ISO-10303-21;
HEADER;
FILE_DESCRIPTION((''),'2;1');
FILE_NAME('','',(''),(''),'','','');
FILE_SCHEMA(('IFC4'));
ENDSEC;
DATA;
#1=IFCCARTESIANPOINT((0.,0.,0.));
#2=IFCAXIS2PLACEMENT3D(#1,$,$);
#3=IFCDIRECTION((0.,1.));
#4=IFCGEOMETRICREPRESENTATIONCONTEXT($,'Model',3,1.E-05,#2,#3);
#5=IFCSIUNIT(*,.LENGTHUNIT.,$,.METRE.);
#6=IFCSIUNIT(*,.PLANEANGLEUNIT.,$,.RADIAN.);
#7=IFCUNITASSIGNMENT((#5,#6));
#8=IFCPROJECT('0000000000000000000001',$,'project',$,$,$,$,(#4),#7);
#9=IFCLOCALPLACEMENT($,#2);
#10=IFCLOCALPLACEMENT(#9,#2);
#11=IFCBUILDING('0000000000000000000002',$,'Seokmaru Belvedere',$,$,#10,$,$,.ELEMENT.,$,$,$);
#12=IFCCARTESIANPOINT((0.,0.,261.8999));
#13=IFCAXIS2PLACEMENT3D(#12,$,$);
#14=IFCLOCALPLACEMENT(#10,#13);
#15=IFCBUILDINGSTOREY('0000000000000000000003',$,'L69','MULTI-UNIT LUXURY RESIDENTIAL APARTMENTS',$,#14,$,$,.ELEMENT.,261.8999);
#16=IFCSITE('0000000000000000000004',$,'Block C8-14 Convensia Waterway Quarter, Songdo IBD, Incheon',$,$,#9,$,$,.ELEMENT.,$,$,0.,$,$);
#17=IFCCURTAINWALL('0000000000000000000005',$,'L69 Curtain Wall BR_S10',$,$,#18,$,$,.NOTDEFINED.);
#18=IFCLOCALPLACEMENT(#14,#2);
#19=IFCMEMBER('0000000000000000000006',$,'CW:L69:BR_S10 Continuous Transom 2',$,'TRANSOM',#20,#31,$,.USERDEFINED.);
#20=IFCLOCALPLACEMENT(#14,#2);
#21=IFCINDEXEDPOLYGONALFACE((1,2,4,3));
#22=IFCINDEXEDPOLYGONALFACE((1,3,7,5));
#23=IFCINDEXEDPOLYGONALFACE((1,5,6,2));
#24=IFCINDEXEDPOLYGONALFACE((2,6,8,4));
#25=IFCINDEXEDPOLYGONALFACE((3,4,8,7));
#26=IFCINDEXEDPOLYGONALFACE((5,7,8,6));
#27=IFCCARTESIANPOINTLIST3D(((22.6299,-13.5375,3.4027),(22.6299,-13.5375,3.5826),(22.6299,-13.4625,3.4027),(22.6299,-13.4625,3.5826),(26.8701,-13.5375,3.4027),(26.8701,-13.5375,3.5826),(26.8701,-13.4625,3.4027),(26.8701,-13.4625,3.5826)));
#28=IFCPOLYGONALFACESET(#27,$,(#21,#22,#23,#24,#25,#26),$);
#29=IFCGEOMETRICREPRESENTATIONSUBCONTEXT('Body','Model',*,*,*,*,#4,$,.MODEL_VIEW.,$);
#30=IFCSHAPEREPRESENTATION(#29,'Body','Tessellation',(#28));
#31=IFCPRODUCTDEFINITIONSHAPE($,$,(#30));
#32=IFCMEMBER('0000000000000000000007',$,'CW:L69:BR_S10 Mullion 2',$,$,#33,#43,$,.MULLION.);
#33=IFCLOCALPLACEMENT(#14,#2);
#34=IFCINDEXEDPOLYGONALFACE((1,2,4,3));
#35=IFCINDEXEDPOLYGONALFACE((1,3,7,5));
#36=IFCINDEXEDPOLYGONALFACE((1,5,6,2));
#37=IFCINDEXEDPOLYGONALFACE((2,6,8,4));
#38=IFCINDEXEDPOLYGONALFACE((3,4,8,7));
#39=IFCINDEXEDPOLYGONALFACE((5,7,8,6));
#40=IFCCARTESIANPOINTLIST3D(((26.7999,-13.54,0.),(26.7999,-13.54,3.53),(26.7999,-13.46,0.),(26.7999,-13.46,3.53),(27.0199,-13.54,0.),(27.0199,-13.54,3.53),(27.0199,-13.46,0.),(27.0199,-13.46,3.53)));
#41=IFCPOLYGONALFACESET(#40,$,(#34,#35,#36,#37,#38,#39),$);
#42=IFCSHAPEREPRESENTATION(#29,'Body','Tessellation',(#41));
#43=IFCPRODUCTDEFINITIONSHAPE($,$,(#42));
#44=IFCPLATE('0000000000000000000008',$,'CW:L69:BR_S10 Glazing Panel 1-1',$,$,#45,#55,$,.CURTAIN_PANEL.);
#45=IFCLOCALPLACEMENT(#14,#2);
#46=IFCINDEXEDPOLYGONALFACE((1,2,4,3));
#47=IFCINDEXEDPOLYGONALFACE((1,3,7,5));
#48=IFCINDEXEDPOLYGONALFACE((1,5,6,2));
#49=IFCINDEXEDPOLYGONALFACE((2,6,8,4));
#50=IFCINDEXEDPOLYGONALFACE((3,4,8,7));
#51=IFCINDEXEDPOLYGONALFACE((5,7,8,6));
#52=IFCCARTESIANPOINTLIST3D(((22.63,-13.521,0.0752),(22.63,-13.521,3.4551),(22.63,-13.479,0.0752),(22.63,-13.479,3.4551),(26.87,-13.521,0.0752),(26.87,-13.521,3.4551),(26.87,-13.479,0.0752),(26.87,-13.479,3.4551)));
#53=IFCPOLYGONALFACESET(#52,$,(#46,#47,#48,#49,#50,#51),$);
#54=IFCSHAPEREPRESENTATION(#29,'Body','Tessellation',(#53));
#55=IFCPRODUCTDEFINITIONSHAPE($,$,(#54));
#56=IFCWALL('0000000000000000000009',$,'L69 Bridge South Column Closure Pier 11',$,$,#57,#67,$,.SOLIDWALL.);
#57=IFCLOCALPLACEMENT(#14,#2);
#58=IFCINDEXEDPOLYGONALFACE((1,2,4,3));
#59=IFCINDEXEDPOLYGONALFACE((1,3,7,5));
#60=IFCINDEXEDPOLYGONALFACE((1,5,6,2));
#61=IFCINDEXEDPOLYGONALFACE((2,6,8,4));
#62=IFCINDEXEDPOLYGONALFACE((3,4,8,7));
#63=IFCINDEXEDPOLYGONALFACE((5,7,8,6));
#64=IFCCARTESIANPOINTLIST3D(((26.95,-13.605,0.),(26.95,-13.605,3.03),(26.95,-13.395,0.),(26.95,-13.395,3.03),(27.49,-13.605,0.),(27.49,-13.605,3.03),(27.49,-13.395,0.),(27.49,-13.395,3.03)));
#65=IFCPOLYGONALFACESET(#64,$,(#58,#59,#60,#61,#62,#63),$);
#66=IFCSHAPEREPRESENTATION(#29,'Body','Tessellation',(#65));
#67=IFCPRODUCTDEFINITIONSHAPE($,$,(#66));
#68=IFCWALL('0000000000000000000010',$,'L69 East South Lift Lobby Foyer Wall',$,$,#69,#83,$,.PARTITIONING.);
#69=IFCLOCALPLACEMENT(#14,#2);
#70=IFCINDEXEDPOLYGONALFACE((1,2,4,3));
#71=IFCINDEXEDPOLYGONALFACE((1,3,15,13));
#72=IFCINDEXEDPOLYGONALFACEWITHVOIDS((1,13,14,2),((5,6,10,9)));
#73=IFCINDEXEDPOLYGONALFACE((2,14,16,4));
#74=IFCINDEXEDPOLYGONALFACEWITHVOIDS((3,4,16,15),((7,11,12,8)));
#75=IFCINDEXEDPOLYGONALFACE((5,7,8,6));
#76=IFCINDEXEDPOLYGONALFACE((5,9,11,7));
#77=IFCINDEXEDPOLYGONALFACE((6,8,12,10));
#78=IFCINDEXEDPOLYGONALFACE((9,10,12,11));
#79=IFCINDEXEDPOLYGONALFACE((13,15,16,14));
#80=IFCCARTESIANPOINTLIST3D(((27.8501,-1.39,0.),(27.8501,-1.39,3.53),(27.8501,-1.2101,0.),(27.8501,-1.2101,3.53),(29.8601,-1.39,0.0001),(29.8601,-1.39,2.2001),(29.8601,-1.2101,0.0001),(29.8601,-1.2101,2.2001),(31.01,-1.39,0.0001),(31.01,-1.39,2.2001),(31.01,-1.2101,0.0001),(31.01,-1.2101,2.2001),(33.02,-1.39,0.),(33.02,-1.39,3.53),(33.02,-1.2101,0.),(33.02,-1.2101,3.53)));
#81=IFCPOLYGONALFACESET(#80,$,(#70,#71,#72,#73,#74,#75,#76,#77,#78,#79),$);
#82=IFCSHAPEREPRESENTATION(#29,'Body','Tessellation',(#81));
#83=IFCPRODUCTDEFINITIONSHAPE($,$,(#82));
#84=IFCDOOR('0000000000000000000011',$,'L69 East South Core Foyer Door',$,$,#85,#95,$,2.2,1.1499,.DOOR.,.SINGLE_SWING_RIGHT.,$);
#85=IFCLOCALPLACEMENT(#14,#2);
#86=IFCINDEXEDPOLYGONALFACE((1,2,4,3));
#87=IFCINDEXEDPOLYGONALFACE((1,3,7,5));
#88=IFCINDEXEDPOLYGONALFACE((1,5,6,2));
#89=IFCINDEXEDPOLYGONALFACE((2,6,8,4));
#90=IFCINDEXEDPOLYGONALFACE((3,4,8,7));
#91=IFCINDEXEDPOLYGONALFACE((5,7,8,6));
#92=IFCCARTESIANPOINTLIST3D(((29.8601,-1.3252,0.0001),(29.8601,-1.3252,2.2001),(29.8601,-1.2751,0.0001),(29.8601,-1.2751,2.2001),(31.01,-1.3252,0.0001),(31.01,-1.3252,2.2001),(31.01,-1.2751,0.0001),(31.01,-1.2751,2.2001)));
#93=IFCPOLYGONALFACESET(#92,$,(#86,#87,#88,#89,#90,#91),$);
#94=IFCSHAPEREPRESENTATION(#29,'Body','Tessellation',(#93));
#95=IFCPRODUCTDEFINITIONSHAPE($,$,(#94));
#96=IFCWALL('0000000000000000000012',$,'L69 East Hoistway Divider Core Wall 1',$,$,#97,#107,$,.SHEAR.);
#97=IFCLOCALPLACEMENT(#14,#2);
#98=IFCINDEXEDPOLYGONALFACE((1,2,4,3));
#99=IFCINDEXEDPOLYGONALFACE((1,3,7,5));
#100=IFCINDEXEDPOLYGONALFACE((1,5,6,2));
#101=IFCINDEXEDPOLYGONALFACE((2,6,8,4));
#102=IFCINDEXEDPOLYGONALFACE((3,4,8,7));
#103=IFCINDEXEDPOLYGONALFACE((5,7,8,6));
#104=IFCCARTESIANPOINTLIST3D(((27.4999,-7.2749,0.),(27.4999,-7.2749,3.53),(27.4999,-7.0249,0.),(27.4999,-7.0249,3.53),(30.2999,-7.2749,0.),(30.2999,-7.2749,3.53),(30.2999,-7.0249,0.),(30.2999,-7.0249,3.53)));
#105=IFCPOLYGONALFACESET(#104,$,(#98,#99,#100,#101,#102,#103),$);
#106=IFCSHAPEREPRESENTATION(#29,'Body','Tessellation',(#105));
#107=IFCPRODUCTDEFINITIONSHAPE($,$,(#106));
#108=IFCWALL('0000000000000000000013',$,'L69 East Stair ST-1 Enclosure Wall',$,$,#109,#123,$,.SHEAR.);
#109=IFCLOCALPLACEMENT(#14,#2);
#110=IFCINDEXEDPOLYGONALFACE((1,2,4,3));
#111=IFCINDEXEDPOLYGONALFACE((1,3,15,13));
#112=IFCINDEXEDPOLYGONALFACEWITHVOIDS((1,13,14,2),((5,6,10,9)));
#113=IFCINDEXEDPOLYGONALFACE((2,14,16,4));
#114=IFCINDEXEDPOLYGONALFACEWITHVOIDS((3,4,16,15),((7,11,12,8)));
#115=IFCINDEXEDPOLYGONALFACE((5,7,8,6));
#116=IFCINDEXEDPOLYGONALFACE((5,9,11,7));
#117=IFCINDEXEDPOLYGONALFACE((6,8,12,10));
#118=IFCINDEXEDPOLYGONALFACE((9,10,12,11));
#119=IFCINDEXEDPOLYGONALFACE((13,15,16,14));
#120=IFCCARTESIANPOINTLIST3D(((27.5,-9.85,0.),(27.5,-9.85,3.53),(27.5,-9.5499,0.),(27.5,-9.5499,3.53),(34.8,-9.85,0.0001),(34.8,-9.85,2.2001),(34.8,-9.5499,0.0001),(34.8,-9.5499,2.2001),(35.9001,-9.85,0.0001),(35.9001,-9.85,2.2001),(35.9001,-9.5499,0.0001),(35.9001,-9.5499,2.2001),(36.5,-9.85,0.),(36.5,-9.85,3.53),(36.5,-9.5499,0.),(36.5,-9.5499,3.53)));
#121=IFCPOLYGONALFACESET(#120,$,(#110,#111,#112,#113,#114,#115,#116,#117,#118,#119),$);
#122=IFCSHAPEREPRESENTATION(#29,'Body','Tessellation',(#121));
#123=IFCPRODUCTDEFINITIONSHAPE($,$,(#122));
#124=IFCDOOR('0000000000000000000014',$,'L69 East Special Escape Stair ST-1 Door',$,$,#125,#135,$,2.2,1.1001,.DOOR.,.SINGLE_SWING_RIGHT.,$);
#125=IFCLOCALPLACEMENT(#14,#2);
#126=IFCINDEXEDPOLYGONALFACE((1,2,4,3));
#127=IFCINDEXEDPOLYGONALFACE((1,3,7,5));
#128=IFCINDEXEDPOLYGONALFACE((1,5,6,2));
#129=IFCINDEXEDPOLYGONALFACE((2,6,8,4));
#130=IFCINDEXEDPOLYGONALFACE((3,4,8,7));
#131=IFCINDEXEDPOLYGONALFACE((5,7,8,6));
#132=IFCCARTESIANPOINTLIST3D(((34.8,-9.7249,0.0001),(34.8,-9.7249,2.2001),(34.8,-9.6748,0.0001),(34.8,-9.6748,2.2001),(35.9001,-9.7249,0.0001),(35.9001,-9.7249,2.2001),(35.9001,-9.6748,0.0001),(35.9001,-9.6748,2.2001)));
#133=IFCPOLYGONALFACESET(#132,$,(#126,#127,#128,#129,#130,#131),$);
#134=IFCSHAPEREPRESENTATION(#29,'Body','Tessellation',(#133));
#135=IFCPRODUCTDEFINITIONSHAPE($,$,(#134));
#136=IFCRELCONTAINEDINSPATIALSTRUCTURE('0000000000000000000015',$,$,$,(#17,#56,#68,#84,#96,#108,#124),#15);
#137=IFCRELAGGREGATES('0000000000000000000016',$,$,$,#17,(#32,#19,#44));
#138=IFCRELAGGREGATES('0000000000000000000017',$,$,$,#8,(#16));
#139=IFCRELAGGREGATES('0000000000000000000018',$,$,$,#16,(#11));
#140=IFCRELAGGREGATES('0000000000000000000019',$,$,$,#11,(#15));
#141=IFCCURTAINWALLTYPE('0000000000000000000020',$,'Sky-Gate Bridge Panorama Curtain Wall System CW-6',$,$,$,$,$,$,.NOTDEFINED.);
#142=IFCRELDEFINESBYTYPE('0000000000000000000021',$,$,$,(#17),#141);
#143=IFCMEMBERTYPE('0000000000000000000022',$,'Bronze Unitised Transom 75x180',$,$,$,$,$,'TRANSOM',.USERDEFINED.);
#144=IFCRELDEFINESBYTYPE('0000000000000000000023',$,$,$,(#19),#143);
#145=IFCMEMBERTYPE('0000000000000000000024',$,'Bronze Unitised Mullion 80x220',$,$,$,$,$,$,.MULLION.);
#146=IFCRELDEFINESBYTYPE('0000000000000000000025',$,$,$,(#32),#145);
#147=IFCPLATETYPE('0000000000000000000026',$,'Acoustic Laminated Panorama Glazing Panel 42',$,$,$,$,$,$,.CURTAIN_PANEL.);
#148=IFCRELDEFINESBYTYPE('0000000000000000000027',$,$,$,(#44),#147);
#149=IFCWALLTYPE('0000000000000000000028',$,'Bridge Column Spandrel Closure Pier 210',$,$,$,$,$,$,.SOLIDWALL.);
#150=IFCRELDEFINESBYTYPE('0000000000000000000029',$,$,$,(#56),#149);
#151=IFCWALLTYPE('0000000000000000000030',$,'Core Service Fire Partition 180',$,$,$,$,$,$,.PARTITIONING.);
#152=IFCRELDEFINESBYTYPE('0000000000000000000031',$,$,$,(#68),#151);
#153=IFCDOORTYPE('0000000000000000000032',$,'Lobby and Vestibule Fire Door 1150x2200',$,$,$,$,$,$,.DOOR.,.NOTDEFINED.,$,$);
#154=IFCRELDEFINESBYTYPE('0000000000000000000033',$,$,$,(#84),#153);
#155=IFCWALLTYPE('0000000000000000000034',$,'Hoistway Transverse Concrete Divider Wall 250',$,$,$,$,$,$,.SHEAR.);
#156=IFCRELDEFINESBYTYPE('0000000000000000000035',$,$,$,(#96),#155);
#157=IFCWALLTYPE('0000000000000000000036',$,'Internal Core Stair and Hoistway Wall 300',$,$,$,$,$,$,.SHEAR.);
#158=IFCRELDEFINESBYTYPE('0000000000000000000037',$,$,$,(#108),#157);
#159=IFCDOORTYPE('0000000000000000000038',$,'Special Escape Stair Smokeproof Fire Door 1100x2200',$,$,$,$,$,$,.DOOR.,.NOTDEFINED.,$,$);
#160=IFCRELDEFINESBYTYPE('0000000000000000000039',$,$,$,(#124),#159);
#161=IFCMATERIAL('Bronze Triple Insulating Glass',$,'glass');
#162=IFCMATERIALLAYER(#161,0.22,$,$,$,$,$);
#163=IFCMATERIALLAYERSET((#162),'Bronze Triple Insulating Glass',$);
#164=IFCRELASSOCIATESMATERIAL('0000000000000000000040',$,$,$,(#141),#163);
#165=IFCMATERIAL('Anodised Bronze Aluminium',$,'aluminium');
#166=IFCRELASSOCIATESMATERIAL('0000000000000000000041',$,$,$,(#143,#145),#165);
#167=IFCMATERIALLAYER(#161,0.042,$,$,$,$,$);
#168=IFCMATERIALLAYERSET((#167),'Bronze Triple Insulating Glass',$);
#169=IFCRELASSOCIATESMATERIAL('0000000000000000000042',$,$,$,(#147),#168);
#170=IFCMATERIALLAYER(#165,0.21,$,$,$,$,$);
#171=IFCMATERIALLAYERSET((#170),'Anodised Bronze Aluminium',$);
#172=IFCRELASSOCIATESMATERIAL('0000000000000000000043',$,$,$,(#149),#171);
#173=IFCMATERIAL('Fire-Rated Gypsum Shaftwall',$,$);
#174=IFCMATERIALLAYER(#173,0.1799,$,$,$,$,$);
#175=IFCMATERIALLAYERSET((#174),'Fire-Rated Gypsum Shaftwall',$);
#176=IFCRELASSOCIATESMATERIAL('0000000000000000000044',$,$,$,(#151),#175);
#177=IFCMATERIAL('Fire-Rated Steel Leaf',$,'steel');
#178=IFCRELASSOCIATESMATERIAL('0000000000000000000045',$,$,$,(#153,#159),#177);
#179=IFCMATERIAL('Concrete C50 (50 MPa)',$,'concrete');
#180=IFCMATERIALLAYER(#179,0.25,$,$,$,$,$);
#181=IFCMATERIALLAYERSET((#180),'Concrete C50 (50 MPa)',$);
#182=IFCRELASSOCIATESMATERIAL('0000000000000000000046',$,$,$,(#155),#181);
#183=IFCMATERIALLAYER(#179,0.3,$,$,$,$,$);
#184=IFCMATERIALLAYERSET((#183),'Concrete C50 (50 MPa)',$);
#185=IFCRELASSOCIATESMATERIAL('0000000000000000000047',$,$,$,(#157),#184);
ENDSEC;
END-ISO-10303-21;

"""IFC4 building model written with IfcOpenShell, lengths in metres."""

from ifc_helpers import new_model, si_unit, direction, frame, frame_2d, origin, origin_2d, place, context, subcontext, project, spatial, rectangle, extrude, source, transform, mapped, material, layer, layer_set, material_profile, profile_set, type_object, type_shapes, element, fill, aggregate, save


model = new_model("IFC4")

# Units and contexts
model_context = context("Model", 3, precision=1e-05, world=origin(), true_north=direction((0.0, 1.0)))
body_context = subcontext(model_context, "Body", "Model", "MODEL_VIEW")
ifc_project = project(units=[si_unit("LENGTHUNIT", "METRE"), si_unit("PLANEANGLEUNIT", "RADIAN")], contexts=[model_context])

# Site, building, storey
site_placement = place(None, origin())
site = spatial("IfcSite", under=ifc_project, at=site_placement, Name="Block C8-14 Convensia Waterway Quarter, Songdo IBD, Incheon", CompositionType="ELEMENT", RefElevation=0.0)
building_placement = place(site_placement, origin())
building = spatial("IfcBuilding", under=site, at=building_placement, Name="Seokmaru Belvedere", CompositionType="ELEMENT")
storey_placement = place(building_placement, frame((0.0, 0.0, 261.8999)))
storey = spatial("IfcBuildingStorey", under=building, at=storey_placement, Name="L69", Description="MULTI-UNIT LUXURY RESIDENTIAL APARTMENTS", CompositionType="ELEMENT", Elevation=261.8999)

# Curtain wall, members, plate
ifc_material_1 = material(Name="Bronze Triple Insulating Glass", Category="glass")
ifc_layer_1 = layer(ifc_material_1, 0.22)
ifc_layer_set_1 = layer_set([ifc_layer_1], Name="Bronze Triple Insulating Glass")
curtain_wall_type = type_object("IfcCurtainWallType", Name="Sky-Gate Bridge Panorama Curtain Wall System CW-6", PredefinedType="NOTDEFINED", material=ifc_layer_set_1)
curtain_wall_placement = place(storey_placement, origin())
curtain_wall = element("IfcCurtainWall", 1, at=curtain_wall_placement, inside=storey, type_object=curtain_wall_type, Name="L69 Curtain Wall BR_S10", PredefinedType="NOTDEFINED")
ifc_material_2 = material(Name="Anodised Bronze Aluminium", Category="aluminium")
ifc_material_profile_1 = material_profile(ifc_material_2, rectangle(XDim=0.075, YDim=0.1799, at=origin_2d()), Name="CW-T-75x180")
ifc_profile_set_1 = profile_set([ifc_material_profile_1], Name="Anodised Bronze Aluminium")
member_type_1 = type_object("IfcMemberType", Name="Bronze Unitised Transom 75x180", ElementType="TRANSOM", PredefinedType="USERDEFINED", material=ifc_profile_set_1)
shared_shape_1 = source(origin(), body_context, "Body", "SweptSolid", [
    extrude(rectangle(XDim=0.075, YDim=0.1799, at=origin_2d()), origin(), (0.0, 0.0, 1.0), 4.2402),
])
type_shapes(member_type_1, [shared_shape_1])
member_1_placement = place(storey_placement, frame((22.6299, -13.5, 3.4927), z_axis=(1.0, 0.0, 0.0), x_axis=(0.0, 1.0, 0.0)))
member_1 = element("IfcMember", 2, at=member_1_placement, type_object=member_type_1, Name="CW:L69:BR_S10 Continuous Transom 2", ObjectType="TRANSOM", PredefinedType="USERDEFINED", context=body_context, shape_type="MappedRepresentation", body=[
    mapped(shared_shape_1, transform((0.0, 0.0, 0.0), scale=1.0)),
])
ifc_material_profile_2 = material_profile(ifc_material_2, rectangle(XDim=0.0801, YDim=0.22, at=origin_2d()), Name="CW-M-80x220")
ifc_profile_set_2 = profile_set([ifc_material_profile_2], Name="Anodised Bronze Aluminium")
member_type_2 = type_object("IfcMemberType", Name="Bronze Unitised Mullion 80x220", PredefinedType="MULLION", material=ifc_profile_set_2)
shared_shape_2 = source(origin(), body_context, "Body", "SweptSolid", [
    extrude(rectangle(XDim=0.0801, YDim=0.22, at=origin_2d()), origin(), (0.0, 0.0, 1.0), 3.53),
])
type_shapes(member_type_2, [shared_shape_2])
member_2_placement = place(storey_placement, frame((26.9099, -13.5, 0.0), z_axis=(0.0, 0.0, 1.0), x_axis=(0.0, 1.0, 0.0)))
member_2 = element("IfcMember", 3, at=member_2_placement, type_object=member_type_2, Name="CW:L69:BR_S10 Mullion 2", PredefinedType="MULLION", context=body_context, shape_type="MappedRepresentation", body=[
    mapped(shared_shape_2, transform((0.0, 0.0, 0.0), scale=1.0)),
])
ifc_layer_2 = layer(ifc_material_1, 0.042)
ifc_layer_set_2 = layer_set([ifc_layer_2], Name="Bronze Triple Insulating Glass")
plate_type = type_object("IfcPlateType", Name="Acoustic Laminated Panorama Glazing Panel 42", PredefinedType="CURTAIN_PANEL", material=ifc_layer_set_2)
shared_shape_3 = source(origin(), body_context, "Body", "SweptSolid", [
    extrude(rectangle(XDim=4.24, YDim=0.042, at=origin_2d()), origin(), (0.0, 0.0, 1.0), 3.3799),
])
type_shapes(plate_type, [shared_shape_3])
plate_placement = place(storey_placement, frame((24.75, -13.5, 0.0752), z_axis=(0.0, 0.0, 1.0), x_axis=(1.0, 0.0, 0.0)))
plate = element("IfcPlate", 4, at=plate_placement, type_object=plate_type, Name="CW:L69:BR_S10 Glazing Panel 1-1", PredefinedType="CURTAIN_PANEL", context=body_context, shape_type="MappedRepresentation", body=[
    mapped(shared_shape_3, transform((0.0, 0.0, 0.0), scale=1.0)),
])
aggregate(curtain_wall, [member_2, member_1, plate])

# Wall
ifc_layer_3 = layer(ifc_material_2, 0.21)
ifc_layer_set_3 = layer_set([ifc_layer_3], Name="Anodised Bronze Aluminium")
wall_type_1 = type_object("IfcWallType", Name="Bridge Column Spandrel Closure Pier 210", PredefinedType="SOLIDWALL", material=ifc_layer_set_3)
wall_1_placement = place(storey_placement, frame((26.95, -13.5, 0.0), z_axis=(0.0, 0.0, 1.0), x_axis=(1.0, 0.0, 0.0)))
element("IfcWall", 5, at=wall_1_placement, inside=storey, type_object=wall_type_1, Name="L69 Bridge South Column Closure Pier 11", PredefinedType="SOLIDWALL", context=body_context, shape_type="SweptSolid", body=[
    extrude(rectangle(XDim=0.54, YDim=0.21, at=frame_2d((0.27, 0.0))), origin(), (0.0, 0.0, 1.0), 3.03),
])

# Wall, opening, door
ifc_material_3 = material(Name="Fire-Rated Gypsum Shaftwall")
ifc_layer_4 = layer(ifc_material_3, 0.1799)
ifc_layer_set_4 = layer_set([ifc_layer_4], Name="Fire-Rated Gypsum Shaftwall")
wall_type_2 = type_object("IfcWallType", Name="Core Service Fire Partition 180", PredefinedType="PARTITIONING", material=ifc_layer_set_4)
wall_2_placement = place(storey_placement, frame((27.8501, -1.3, 0.0), z_axis=(0.0, 0.0, 1.0), x_axis=(1.0, 0.0, 0.0)))
wall_2 = element("IfcWall", 6, at=wall_2_placement, inside=storey, type_object=wall_type_2, Name="L69 East South Lift Lobby Foyer Wall", PredefinedType="PARTITIONING", context=body_context, shape_type="SweptSolid", body=[
    extrude(rectangle(XDim=5.1699, YDim=0.1799, at=frame_2d((2.585, 0.0))), origin(), (0.0, 0.0, 1.0), 3.53),
])
opening_1_placement = place(wall_2_placement, frame((2.01, 0.0, 0.0)))
opening_1 = element("IfcOpeningElement", 7, at=opening_1_placement, cuts=wall_2, PredefinedType="OPENING", context=body_context, shape_type="SweptSolid", body=[
    extrude(rectangle(XDim=1.1499, YDim=2.2, at=frame_2d((0.575, 1.1001))), frame((0.0, 0.1001, 0.0), z_axis=(0.0, -1.0, 0.0), x_axis=(1.0, 0.0, 0.0)), (0.0, 0.0, 1.0), 0.2),
])
ifc_material_4 = material(Name="Fire-Rated Steel Leaf", Category="steel")
door_type_1 = type_object("IfcDoorType", Name="Lobby and Vestibule Fire Door 1150x2200", OperationType="NOTDEFINED", PredefinedType="DOOR", material=ifc_material_4)
shared_shape_4 = source(origin(), body_context, "Body", "SweptSolid", [
    extrude(rectangle(XDim=1.1499, YDim=2.2, at=frame_2d((0.575, 1.1001))), frame((0.0, 0.0249, 0.0), z_axis=(0.0, -1.0, 0.0), x_axis=(1.0, 0.0, 0.0)), (0.0, 0.0, 1.0), 0.05),
])
type_shapes(door_type_1, [shared_shape_4])
door_1_placement = place(opening_1_placement, origin())
door_1 = element("IfcDoor", 8, at=door_1_placement, inside=storey, type_object=door_type_1, Name="L69 East South Core Foyer Door", OperationType="SINGLE_SWING_RIGHT", OverallHeight=2.2, OverallWidth=1.1499, PredefinedType="DOOR", context=body_context, shape_type="MappedRepresentation", body=[
    mapped(shared_shape_4, transform((0.0, 0.0, 0.0), scale=1.0)),
])
fill(opening_1, door_1)

# Wall
ifc_material_5 = material(Name="Concrete C50 (50 MPa)", Category="concrete")
ifc_layer_5 = layer(ifc_material_5, 0.25)
ifc_layer_set_5 = layer_set([ifc_layer_5], Name="Concrete C50 (50 MPa)")
wall_type_3 = type_object("IfcWallType", Name="Hoistway Transverse Concrete Divider Wall 250", PredefinedType="SHEAR", material=ifc_layer_set_5)
wall_3_placement = place(storey_placement, frame((27.5, -7.1499, 0.0), z_axis=(0.0, 0.0, 1.0), x_axis=(1.0, 0.0, 0.0)))
element("IfcWall", 9, at=wall_3_placement, inside=storey, type_object=wall_type_3, Name="L69 East Hoistway Divider Core Wall 1", PredefinedType="SHEAR", context=body_context, shape_type="SweptSolid", body=[
    extrude(rectangle(XDim=2.8, YDim=0.25, at=frame_2d((1.3999, 0.0))), origin(), (0.0, 0.0, 1.0), 3.53),
])

# Wall, opening, door
ifc_layer_6 = layer(ifc_material_5, 0.3)
ifc_layer_set_6 = layer_set([ifc_layer_6], Name="Concrete C50 (50 MPa)")
wall_type_4 = type_object("IfcWallType", Name="Internal Core Stair and Hoistway Wall 300", PredefinedType="SHEAR", material=ifc_layer_set_6)
wall_4_placement = place(storey_placement, frame((27.5, -9.7, 0.0), z_axis=(0.0, 0.0, 1.0), x_axis=(1.0, 0.0, 0.0)))
wall_4 = element("IfcWall", 10, at=wall_4_placement, inside=storey, type_object=wall_type_4, Name="L69 East Stair ST-1 Enclosure Wall", PredefinedType="SHEAR", context=body_context, shape_type="SweptSolid", body=[
    extrude(rectangle(XDim=9.0, YDim=0.3, at=frame_2d((4.5, 0.0))), origin(), (0.0, 0.0, 1.0), 3.53),
])
opening_2_placement = place(wall_4_placement, frame((7.3, 0.0, 0.0)))
opening_2 = element("IfcOpeningElement", 11, at=opening_2_placement, cuts=wall_4, PredefinedType="OPENING", context=body_context, shape_type="SweptSolid", body=[
    extrude(rectangle(XDim=1.1001, YDim=2.2, at=frame_2d((0.55, 1.1001))), frame((0.0, 0.1602, 0.0), z_axis=(0.0, -1.0, 0.0), x_axis=(1.0, 0.0, 0.0)), (0.0, 0.0, 1.0), 0.3201),
])
door_type_2 = type_object("IfcDoorType", Name="Special Escape Stair Smokeproof Fire Door 1100x2200", OperationType="NOTDEFINED", PredefinedType="DOOR", material=ifc_material_4)
shared_shape_5 = source(origin(), body_context, "Body", "SweptSolid", [
    extrude(rectangle(XDim=1.1001, YDim=2.2, at=frame_2d((0.55, 1.1001))), frame((0.0, 0.0249, 0.0), z_axis=(0.0, -1.0, 0.0), x_axis=(1.0, 0.0, 0.0)), (0.0, 0.0, 1.0), 0.05),
])
type_shapes(door_type_2, [shared_shape_5])
door_2_placement = place(opening_2_placement, frame((1.1001, 0.0, 0.0), z_axis=(0.0, 0.0, 1.0), x_axis=(-1.0, 0.0, 0.0)))
door_2 = element("IfcDoor", 12, at=door_2_placement, inside=storey, type_object=door_type_2, Name="L69 East Special Escape Stair ST-1 Door", OperationType="SINGLE_SWING_RIGHT", OverallHeight=2.2, OverallWidth=1.1001, PredefinedType="DOOR", context=body_context, shape_type="MappedRepresentation", body=[
    mapped(shared_shape_5, transform((0.0, 0.0, 0.0), scale=1.0)),
])
fill(opening_2, door_2)

save(model, "model.ifc")
